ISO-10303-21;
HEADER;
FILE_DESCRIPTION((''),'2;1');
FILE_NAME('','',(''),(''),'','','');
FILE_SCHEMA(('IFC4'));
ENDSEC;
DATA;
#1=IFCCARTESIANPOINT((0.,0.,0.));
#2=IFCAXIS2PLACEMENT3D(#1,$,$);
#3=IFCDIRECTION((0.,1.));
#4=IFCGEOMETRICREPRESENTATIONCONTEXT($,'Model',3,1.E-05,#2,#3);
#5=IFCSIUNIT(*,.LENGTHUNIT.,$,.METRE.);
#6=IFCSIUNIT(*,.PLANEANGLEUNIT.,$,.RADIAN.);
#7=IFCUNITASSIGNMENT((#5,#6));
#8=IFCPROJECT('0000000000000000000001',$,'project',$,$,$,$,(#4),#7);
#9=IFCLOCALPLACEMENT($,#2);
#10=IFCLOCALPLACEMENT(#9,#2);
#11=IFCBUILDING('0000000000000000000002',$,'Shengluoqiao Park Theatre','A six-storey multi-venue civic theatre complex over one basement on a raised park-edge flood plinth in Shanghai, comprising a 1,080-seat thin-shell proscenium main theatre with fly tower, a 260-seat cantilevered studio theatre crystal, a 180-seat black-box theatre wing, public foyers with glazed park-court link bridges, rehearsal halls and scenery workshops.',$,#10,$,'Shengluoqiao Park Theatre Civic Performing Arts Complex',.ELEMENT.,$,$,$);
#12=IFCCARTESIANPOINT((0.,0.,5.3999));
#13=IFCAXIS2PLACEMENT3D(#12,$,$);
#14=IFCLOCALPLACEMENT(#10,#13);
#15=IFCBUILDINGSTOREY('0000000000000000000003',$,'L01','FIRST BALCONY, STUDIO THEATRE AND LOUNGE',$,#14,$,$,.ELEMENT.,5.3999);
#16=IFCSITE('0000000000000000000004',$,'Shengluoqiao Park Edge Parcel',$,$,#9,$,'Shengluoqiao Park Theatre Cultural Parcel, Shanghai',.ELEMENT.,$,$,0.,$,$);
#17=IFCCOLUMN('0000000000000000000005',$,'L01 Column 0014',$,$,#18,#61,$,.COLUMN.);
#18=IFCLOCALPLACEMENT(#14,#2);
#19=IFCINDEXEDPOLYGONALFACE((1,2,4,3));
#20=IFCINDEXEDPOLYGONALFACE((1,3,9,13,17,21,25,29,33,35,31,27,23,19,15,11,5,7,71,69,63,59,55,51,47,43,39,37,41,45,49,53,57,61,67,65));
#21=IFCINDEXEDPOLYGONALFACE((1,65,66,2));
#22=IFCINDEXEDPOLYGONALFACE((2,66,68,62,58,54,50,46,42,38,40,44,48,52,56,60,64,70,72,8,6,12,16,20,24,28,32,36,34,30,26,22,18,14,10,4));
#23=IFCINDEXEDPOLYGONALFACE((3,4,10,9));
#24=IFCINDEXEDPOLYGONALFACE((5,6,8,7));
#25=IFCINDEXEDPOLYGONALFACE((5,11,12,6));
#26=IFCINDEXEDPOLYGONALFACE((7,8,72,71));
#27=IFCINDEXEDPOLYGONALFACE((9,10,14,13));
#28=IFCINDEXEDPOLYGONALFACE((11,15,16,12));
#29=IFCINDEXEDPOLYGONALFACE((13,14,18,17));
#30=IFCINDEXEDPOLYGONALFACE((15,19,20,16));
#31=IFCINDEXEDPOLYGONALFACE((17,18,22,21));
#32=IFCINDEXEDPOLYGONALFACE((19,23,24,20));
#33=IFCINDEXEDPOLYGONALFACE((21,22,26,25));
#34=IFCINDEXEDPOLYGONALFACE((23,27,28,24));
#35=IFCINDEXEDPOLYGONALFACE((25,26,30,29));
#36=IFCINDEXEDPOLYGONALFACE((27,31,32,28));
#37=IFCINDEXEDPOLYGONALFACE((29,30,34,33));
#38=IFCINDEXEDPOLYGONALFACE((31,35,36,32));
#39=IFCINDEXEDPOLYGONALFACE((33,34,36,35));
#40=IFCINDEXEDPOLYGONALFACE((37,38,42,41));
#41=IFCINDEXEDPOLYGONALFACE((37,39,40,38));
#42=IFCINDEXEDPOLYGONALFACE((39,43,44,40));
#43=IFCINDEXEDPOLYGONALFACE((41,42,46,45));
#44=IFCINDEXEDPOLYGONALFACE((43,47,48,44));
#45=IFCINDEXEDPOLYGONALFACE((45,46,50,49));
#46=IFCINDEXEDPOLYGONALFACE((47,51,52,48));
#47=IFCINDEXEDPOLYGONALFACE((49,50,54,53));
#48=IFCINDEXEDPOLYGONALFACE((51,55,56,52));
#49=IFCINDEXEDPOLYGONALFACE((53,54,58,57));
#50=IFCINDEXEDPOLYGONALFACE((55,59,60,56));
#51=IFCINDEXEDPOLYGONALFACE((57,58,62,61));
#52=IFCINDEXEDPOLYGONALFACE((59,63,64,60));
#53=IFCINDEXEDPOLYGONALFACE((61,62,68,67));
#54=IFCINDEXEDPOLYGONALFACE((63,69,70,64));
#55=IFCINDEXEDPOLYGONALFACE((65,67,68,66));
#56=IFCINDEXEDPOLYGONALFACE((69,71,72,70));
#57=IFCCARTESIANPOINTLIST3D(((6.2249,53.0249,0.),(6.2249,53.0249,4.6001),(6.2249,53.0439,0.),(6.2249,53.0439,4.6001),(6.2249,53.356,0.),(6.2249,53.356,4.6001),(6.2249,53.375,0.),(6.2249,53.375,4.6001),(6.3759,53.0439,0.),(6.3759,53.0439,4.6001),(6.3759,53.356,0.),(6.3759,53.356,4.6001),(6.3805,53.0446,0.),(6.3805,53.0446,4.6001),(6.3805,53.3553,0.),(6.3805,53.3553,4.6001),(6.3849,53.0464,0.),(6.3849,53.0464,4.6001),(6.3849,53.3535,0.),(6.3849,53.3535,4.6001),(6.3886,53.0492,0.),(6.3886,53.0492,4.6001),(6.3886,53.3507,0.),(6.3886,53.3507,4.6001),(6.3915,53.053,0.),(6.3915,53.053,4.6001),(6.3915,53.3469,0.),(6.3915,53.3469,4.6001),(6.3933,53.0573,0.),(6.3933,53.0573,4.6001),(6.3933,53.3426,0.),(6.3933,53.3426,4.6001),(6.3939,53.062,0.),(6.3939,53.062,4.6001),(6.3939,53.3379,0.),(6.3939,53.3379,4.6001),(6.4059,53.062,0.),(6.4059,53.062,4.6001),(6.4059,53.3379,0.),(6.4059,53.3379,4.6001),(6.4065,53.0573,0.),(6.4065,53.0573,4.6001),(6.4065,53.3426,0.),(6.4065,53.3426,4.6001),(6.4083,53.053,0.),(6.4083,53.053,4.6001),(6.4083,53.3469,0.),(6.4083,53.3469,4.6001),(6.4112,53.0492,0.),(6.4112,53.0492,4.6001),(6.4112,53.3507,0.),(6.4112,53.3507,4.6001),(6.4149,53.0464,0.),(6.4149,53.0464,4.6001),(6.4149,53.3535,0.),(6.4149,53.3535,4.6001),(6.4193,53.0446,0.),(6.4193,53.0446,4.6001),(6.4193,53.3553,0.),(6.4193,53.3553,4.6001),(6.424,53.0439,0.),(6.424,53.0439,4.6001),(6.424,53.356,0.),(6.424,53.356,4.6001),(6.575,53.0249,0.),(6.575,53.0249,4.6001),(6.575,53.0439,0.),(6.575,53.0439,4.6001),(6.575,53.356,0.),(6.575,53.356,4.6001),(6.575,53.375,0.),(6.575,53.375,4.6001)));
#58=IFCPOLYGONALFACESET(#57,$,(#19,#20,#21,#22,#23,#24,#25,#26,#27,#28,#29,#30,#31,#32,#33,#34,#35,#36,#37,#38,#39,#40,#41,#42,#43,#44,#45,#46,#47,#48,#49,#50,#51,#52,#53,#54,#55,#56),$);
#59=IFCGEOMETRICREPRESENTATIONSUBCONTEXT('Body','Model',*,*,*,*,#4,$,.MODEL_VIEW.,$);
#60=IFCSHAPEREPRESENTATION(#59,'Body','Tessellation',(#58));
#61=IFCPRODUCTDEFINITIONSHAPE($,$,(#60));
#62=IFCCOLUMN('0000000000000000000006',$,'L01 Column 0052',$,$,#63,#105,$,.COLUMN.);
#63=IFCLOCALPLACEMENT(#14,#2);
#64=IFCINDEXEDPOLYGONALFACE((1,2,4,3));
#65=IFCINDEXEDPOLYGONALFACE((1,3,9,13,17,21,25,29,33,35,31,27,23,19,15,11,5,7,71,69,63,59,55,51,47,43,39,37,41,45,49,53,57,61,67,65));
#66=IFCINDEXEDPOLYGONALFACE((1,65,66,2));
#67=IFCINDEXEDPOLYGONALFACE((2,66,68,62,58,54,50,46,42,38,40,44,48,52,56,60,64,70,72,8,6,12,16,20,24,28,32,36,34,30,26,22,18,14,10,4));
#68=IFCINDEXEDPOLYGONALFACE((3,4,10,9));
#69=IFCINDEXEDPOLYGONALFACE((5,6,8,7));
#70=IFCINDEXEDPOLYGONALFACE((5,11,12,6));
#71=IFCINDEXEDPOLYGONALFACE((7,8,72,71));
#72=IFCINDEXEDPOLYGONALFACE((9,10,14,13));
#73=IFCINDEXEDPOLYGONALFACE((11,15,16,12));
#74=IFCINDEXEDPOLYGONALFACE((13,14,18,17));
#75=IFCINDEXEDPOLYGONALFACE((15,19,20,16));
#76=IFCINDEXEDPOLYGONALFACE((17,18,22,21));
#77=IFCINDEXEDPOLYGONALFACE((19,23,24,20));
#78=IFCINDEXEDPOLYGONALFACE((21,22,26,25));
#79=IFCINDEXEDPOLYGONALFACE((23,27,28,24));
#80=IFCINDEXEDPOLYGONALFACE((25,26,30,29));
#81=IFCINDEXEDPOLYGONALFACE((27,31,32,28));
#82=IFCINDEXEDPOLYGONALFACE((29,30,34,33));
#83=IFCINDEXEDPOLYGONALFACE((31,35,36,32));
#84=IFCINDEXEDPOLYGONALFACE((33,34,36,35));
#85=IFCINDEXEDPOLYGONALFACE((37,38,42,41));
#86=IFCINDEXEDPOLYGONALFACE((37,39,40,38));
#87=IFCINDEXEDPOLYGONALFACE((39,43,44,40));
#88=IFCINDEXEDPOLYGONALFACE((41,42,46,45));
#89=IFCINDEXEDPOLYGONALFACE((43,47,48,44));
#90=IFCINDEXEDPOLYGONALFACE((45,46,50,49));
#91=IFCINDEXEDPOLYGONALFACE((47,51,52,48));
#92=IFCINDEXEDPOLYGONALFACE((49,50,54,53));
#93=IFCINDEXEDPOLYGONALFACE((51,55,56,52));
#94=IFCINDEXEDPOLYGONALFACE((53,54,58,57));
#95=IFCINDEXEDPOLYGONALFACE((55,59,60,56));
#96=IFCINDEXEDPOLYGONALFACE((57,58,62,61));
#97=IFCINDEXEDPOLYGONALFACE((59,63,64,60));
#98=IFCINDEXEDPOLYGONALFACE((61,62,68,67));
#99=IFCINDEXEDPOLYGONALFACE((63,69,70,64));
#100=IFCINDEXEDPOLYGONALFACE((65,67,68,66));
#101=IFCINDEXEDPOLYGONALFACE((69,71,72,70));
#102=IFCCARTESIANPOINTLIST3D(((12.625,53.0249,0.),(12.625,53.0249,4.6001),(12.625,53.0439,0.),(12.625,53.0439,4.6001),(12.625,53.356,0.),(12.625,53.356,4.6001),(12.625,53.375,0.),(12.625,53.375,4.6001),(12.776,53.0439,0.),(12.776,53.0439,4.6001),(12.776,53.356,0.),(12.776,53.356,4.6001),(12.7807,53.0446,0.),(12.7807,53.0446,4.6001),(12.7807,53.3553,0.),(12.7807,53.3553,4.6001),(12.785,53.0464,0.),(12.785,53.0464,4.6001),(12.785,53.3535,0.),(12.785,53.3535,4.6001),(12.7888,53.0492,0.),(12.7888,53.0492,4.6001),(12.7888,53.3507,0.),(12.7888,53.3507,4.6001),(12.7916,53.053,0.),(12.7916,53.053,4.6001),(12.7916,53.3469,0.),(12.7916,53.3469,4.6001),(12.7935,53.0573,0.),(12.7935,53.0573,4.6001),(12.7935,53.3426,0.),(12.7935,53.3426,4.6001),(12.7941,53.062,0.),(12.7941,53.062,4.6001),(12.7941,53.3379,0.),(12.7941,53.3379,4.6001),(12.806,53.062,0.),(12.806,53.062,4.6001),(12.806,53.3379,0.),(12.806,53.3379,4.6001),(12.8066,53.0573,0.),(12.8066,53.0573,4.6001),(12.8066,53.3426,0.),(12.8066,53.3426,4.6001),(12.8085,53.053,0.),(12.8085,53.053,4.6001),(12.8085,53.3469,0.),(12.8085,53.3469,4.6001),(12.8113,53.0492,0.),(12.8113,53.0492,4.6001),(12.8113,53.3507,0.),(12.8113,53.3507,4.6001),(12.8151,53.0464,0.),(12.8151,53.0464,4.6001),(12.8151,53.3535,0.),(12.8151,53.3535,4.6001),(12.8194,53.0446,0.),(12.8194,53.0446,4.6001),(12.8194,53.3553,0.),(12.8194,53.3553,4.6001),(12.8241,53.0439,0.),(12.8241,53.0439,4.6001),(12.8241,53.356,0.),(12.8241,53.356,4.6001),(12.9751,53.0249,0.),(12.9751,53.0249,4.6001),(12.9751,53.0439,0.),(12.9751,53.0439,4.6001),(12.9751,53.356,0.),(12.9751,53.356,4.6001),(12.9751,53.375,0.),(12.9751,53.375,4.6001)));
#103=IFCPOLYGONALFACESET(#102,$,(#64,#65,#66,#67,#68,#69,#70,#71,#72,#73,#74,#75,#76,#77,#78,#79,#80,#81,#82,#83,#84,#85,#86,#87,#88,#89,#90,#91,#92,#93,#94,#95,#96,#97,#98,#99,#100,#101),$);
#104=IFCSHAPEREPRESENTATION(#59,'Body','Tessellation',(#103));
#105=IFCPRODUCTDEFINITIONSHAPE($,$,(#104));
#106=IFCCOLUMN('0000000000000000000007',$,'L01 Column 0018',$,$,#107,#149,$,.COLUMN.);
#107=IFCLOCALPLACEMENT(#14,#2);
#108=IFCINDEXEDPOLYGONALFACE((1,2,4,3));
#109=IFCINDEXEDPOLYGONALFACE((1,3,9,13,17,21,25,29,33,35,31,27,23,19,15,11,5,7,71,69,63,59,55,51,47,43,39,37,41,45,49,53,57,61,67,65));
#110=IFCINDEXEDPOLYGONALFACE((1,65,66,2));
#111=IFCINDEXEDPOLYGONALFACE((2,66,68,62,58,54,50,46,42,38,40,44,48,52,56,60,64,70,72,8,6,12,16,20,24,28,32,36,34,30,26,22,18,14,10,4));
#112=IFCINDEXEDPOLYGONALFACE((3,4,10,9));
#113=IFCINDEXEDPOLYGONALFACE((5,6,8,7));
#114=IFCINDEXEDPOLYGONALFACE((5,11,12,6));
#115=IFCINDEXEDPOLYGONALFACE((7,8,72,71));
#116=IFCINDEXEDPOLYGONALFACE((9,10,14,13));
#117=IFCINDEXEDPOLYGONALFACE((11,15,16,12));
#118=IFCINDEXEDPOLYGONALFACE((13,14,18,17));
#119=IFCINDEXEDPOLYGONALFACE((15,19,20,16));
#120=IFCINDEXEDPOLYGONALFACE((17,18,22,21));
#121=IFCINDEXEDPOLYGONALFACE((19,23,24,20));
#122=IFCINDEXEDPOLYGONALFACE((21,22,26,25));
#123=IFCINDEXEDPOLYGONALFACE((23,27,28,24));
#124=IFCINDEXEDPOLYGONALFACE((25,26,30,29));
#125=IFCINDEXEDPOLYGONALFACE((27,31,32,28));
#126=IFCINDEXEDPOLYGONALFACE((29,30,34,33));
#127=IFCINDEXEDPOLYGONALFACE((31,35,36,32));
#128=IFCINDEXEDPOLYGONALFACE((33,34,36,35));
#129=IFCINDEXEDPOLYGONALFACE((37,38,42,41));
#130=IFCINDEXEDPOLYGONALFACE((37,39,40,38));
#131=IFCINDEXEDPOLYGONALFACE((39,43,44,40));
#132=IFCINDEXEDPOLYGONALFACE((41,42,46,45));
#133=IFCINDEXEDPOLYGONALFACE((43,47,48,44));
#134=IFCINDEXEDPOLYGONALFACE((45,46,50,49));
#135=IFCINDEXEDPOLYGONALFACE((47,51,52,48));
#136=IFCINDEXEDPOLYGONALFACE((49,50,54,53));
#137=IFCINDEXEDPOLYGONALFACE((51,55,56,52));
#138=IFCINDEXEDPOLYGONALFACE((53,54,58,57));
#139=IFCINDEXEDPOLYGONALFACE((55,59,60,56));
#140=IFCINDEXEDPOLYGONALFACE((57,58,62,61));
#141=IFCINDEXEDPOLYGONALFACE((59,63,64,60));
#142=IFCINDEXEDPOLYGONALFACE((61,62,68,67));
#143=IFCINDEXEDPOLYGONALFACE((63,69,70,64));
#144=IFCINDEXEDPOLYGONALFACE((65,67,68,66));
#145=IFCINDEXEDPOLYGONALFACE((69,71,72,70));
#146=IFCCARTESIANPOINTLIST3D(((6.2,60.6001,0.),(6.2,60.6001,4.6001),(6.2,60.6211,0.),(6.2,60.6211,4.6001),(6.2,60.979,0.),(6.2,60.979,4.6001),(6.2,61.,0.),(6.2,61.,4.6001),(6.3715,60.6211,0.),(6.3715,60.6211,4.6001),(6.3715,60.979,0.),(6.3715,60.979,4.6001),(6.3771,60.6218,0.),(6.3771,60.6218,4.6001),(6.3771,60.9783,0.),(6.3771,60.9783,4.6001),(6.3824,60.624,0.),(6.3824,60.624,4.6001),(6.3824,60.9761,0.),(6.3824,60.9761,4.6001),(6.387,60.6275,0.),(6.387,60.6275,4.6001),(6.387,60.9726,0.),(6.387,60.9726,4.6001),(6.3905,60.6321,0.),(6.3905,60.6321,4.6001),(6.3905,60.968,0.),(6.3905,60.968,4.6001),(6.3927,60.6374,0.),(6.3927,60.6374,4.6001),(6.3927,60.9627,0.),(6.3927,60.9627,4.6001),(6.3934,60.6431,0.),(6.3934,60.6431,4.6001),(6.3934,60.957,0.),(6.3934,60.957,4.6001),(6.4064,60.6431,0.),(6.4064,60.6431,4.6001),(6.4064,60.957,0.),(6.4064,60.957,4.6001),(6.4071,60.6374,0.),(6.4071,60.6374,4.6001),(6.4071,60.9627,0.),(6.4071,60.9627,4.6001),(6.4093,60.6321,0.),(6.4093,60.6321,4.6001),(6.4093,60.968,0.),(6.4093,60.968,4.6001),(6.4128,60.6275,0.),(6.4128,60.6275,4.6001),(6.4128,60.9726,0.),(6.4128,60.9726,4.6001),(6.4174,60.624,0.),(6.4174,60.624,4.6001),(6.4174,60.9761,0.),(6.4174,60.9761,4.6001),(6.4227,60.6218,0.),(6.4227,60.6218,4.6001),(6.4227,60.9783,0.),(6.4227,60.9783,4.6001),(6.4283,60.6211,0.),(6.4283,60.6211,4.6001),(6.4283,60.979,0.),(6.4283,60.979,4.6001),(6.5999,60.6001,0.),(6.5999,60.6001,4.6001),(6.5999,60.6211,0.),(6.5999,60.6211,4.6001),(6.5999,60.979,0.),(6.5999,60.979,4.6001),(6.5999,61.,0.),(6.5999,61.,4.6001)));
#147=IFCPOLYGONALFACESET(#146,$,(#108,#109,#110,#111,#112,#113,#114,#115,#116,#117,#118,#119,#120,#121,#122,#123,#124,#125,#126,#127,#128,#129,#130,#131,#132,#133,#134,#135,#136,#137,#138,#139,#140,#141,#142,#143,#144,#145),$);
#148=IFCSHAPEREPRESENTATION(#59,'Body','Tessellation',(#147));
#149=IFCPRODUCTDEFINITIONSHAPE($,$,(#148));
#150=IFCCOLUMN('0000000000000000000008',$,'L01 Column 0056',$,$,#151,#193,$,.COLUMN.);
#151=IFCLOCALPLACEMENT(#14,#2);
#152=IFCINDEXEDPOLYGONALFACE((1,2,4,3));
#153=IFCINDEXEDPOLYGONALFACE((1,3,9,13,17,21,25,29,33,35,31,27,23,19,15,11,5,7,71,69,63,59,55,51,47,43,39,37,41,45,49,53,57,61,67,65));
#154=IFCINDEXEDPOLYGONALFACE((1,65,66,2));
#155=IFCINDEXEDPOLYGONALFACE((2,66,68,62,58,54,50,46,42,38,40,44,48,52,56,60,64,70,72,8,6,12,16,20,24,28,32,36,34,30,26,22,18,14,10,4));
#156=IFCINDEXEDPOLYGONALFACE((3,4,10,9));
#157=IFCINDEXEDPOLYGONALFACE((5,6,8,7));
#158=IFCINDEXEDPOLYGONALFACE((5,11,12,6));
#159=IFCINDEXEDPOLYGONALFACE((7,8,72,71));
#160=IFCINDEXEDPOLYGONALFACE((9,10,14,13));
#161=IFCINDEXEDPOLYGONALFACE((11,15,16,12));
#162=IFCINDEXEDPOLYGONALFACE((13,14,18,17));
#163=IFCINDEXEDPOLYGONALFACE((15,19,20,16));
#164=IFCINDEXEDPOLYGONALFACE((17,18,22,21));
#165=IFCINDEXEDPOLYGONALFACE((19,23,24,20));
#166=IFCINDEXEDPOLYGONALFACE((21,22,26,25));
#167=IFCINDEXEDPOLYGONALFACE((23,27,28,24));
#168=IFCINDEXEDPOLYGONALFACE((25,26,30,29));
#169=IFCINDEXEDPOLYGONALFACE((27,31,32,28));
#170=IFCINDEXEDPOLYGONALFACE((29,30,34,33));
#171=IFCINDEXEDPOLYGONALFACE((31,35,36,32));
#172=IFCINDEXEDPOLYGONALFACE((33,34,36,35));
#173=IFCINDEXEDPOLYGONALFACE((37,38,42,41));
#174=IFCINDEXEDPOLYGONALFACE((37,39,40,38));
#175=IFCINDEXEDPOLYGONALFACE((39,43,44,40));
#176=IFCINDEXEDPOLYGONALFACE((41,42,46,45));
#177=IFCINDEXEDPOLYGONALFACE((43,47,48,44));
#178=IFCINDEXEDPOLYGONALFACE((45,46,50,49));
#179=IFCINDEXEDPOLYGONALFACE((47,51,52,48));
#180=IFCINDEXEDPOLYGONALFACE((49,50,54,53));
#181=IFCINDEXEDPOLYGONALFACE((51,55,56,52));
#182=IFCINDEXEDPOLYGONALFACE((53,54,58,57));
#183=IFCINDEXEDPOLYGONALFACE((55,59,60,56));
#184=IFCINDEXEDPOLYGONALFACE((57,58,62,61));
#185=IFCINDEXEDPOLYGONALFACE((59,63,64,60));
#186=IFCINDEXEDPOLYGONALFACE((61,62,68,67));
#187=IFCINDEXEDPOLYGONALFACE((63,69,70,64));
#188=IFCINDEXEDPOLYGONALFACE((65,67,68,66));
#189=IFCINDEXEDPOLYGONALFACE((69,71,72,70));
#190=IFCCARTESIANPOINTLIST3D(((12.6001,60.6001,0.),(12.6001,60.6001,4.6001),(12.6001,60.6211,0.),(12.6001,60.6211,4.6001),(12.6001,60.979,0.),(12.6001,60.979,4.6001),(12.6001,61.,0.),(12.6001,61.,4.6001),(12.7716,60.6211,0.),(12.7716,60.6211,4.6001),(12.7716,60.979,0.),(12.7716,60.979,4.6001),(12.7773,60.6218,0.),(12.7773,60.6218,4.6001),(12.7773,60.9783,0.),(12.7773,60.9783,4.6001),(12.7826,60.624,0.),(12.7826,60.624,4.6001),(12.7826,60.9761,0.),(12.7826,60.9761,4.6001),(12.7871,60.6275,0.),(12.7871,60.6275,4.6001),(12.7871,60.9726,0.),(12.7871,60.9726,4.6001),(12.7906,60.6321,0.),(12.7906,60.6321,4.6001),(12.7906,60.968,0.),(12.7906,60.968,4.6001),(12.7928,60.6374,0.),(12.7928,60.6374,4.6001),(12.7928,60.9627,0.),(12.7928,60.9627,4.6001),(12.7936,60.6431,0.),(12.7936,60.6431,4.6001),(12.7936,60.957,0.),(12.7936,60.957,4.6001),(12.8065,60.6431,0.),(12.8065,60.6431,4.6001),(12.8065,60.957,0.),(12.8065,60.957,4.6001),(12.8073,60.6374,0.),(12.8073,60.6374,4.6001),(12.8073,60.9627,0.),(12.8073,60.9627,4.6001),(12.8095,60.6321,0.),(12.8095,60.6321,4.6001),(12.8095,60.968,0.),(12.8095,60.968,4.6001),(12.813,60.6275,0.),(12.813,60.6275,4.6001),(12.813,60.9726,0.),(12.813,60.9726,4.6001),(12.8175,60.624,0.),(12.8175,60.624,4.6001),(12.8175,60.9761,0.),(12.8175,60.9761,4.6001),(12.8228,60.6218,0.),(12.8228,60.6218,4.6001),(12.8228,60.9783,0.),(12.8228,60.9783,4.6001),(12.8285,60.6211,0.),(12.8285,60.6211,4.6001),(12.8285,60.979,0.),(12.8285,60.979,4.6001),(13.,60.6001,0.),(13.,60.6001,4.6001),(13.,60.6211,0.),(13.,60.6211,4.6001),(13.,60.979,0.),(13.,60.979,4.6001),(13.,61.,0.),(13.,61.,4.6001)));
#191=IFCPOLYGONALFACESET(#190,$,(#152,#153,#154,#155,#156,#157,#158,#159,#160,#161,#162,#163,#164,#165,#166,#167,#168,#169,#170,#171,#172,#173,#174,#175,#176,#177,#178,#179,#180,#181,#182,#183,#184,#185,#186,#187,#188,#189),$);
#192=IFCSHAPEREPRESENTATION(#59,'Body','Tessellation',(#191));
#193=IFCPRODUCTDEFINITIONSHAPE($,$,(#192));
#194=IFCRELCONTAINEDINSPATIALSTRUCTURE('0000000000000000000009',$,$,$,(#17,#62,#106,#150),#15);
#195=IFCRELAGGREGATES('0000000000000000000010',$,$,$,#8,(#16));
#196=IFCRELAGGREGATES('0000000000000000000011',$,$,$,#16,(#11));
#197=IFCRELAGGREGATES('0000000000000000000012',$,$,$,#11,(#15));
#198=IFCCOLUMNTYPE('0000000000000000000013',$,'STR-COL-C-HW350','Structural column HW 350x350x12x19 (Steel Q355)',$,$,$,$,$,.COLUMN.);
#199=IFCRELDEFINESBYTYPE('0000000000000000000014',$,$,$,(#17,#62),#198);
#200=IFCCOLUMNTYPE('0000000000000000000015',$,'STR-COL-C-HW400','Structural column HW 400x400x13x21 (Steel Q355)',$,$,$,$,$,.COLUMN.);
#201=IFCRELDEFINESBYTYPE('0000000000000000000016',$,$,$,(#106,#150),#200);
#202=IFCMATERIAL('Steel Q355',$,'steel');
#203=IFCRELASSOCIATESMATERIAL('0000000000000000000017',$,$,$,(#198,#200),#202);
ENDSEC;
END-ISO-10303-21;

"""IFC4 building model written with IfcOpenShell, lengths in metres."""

from ifc_helpers import new_model, si_unit, direction, frame, origin, origin_2d, place, context, subcontext, project, spatial, i_section, extrude, material, material_profile, profile_set, type_object, element, save


model = new_model("IFC4")

# Units and contexts
model_context = context("Model", 3, precision=1e-05, world=origin(), true_north=direction((0.0, 1.0)))
body_context = subcontext(model_context, "Body", "Model", "MODEL_VIEW")
ifc_project = project(units=[si_unit("LENGTHUNIT", "METRE"), si_unit("PLANEANGLEUNIT", "RADIAN")], contexts=[model_context])

# Site, building, storey
site_placement = place(None, origin())
site = spatial("IfcSite", under=ifc_project, at=site_placement, Name="Shengluoqiao Park Edge Parcel", LongName="Shengluoqiao Park Theatre Cultural Parcel, Shanghai", CompositionType="ELEMENT", RefElevation=0.0)
building_placement = place(site_placement, origin())
building = spatial("IfcBuilding", under=site, at=building_placement, Name="Shengluoqiao Park Theatre", Description="A six-storey multi-venue civic theatre complex over one basement on a raised park-edge flood plinth in Shanghai, comprising a 1,080-seat thin-shell proscenium main theatre with fly tower, a 260-seat cantilevered studio theatre crystal, a 180-seat black-box theatre wing, public foyers with glazed park-court link bridges, rehearsal halls and scenery workshops.", LongName="Shengluoqiao Park Theatre Civic Performing Arts Complex", CompositionType="ELEMENT")
storey_placement = place(building_placement, frame((0.0, 0.0, 5.3999)))
storey = spatial("IfcBuildingStorey", under=building, at=storey_placement, Name="L01", Description="FIRST BALCONY, STUDIO THEATRE AND LOUNGE", CompositionType="ELEMENT", Elevation=5.3999)

# Columns
ifc_material_1 = material(Name="Steel Q355", Category="steel")
ifc_material_profile_1 = material_profile(ifc_material_1, i_section(OverallWidth=0.3501, OverallDepth=0.3501, WebThickness=0.012, FlangeThickness=0.019, FilletRadius=0.0181, at=origin_2d()), Name="HW 350x350x12x19")
ifc_profile_set_1 = profile_set([ifc_material_profile_1], Name="Steel Q355")
column_type_1 = type_object("IfcColumnType", Name="STR-COL-C-HW350", Description="Structural column HW 350x350x12x19 (Steel Q355)", PredefinedType="COLUMN", material=ifc_profile_set_1)
for number, where, z_axis, x_axis, name in (
    (1, (6.3999, 53.2, 0.0), (0.0, 0.0, 1.0), (1.0, 0.0, 0.0), "L01 Column 0014"),
    (2, (12.8, 53.2, 0.0), (0.0, 0.0, 1.0), (1.0, 0.0, 0.0), "L01 Column 0052"),
):
    element("IfcColumn", number, at=place(storey_placement, frame(where, z_axis=z_axis, x_axis=x_axis)), inside=storey, type_object=column_type_1, Name=name, PredefinedType="COLUMN", context=body_context, shape_type="SweptSolid", body=[
        extrude(i_section(OverallWidth=0.3501, OverallDepth=0.3501, WebThickness=0.012, FlangeThickness=0.019, FilletRadius=0.0181, at=origin_2d()), origin(), (0.0, 0.0, 1.0), 4.6001),
    ])
ifc_material_profile_2 = material_profile(ifc_material_1, i_section(OverallWidth=0.3999, OverallDepth=0.3999, WebThickness=0.0129, FlangeThickness=0.021, FilletRadius=0.022, at=origin_2d()), Name="HW 400x400x13x21")
ifc_profile_set_2 = profile_set([ifc_material_profile_2], Name="Steel Q355")
column_type_2 = type_object("IfcColumnType", Name="STR-COL-C-HW400", Description="Structural column HW 400x400x13x21 (Steel Q355)", PredefinedType="COLUMN", material=ifc_profile_set_2)
for number, where, z_axis, x_axis, name in (
    (3, (6.3999, 60.8, 0.0), (0.0, 0.0, 1.0), (1.0, 0.0, 0.0), "L01 Column 0018"),
    (4, (12.8, 60.8, 0.0), (0.0, 0.0, 1.0), (1.0, 0.0, 0.0), "L01 Column 0056"),
):
    element("IfcColumn", number, at=place(storey_placement, frame(where, z_axis=z_axis, x_axis=x_axis)), inside=storey, type_object=column_type_2, Name=name, PredefinedType="COLUMN", context=body_context, shape_type="SweptSolid", body=[
        extrude(i_section(OverallWidth=0.3999, OverallDepth=0.3999, WebThickness=0.0129, FlangeThickness=0.021, FilletRadius=0.022, at=origin_2d()), origin(), (0.0, 0.0, 1.0), 4.6001),
    ])

save(model, "model.ifc")
